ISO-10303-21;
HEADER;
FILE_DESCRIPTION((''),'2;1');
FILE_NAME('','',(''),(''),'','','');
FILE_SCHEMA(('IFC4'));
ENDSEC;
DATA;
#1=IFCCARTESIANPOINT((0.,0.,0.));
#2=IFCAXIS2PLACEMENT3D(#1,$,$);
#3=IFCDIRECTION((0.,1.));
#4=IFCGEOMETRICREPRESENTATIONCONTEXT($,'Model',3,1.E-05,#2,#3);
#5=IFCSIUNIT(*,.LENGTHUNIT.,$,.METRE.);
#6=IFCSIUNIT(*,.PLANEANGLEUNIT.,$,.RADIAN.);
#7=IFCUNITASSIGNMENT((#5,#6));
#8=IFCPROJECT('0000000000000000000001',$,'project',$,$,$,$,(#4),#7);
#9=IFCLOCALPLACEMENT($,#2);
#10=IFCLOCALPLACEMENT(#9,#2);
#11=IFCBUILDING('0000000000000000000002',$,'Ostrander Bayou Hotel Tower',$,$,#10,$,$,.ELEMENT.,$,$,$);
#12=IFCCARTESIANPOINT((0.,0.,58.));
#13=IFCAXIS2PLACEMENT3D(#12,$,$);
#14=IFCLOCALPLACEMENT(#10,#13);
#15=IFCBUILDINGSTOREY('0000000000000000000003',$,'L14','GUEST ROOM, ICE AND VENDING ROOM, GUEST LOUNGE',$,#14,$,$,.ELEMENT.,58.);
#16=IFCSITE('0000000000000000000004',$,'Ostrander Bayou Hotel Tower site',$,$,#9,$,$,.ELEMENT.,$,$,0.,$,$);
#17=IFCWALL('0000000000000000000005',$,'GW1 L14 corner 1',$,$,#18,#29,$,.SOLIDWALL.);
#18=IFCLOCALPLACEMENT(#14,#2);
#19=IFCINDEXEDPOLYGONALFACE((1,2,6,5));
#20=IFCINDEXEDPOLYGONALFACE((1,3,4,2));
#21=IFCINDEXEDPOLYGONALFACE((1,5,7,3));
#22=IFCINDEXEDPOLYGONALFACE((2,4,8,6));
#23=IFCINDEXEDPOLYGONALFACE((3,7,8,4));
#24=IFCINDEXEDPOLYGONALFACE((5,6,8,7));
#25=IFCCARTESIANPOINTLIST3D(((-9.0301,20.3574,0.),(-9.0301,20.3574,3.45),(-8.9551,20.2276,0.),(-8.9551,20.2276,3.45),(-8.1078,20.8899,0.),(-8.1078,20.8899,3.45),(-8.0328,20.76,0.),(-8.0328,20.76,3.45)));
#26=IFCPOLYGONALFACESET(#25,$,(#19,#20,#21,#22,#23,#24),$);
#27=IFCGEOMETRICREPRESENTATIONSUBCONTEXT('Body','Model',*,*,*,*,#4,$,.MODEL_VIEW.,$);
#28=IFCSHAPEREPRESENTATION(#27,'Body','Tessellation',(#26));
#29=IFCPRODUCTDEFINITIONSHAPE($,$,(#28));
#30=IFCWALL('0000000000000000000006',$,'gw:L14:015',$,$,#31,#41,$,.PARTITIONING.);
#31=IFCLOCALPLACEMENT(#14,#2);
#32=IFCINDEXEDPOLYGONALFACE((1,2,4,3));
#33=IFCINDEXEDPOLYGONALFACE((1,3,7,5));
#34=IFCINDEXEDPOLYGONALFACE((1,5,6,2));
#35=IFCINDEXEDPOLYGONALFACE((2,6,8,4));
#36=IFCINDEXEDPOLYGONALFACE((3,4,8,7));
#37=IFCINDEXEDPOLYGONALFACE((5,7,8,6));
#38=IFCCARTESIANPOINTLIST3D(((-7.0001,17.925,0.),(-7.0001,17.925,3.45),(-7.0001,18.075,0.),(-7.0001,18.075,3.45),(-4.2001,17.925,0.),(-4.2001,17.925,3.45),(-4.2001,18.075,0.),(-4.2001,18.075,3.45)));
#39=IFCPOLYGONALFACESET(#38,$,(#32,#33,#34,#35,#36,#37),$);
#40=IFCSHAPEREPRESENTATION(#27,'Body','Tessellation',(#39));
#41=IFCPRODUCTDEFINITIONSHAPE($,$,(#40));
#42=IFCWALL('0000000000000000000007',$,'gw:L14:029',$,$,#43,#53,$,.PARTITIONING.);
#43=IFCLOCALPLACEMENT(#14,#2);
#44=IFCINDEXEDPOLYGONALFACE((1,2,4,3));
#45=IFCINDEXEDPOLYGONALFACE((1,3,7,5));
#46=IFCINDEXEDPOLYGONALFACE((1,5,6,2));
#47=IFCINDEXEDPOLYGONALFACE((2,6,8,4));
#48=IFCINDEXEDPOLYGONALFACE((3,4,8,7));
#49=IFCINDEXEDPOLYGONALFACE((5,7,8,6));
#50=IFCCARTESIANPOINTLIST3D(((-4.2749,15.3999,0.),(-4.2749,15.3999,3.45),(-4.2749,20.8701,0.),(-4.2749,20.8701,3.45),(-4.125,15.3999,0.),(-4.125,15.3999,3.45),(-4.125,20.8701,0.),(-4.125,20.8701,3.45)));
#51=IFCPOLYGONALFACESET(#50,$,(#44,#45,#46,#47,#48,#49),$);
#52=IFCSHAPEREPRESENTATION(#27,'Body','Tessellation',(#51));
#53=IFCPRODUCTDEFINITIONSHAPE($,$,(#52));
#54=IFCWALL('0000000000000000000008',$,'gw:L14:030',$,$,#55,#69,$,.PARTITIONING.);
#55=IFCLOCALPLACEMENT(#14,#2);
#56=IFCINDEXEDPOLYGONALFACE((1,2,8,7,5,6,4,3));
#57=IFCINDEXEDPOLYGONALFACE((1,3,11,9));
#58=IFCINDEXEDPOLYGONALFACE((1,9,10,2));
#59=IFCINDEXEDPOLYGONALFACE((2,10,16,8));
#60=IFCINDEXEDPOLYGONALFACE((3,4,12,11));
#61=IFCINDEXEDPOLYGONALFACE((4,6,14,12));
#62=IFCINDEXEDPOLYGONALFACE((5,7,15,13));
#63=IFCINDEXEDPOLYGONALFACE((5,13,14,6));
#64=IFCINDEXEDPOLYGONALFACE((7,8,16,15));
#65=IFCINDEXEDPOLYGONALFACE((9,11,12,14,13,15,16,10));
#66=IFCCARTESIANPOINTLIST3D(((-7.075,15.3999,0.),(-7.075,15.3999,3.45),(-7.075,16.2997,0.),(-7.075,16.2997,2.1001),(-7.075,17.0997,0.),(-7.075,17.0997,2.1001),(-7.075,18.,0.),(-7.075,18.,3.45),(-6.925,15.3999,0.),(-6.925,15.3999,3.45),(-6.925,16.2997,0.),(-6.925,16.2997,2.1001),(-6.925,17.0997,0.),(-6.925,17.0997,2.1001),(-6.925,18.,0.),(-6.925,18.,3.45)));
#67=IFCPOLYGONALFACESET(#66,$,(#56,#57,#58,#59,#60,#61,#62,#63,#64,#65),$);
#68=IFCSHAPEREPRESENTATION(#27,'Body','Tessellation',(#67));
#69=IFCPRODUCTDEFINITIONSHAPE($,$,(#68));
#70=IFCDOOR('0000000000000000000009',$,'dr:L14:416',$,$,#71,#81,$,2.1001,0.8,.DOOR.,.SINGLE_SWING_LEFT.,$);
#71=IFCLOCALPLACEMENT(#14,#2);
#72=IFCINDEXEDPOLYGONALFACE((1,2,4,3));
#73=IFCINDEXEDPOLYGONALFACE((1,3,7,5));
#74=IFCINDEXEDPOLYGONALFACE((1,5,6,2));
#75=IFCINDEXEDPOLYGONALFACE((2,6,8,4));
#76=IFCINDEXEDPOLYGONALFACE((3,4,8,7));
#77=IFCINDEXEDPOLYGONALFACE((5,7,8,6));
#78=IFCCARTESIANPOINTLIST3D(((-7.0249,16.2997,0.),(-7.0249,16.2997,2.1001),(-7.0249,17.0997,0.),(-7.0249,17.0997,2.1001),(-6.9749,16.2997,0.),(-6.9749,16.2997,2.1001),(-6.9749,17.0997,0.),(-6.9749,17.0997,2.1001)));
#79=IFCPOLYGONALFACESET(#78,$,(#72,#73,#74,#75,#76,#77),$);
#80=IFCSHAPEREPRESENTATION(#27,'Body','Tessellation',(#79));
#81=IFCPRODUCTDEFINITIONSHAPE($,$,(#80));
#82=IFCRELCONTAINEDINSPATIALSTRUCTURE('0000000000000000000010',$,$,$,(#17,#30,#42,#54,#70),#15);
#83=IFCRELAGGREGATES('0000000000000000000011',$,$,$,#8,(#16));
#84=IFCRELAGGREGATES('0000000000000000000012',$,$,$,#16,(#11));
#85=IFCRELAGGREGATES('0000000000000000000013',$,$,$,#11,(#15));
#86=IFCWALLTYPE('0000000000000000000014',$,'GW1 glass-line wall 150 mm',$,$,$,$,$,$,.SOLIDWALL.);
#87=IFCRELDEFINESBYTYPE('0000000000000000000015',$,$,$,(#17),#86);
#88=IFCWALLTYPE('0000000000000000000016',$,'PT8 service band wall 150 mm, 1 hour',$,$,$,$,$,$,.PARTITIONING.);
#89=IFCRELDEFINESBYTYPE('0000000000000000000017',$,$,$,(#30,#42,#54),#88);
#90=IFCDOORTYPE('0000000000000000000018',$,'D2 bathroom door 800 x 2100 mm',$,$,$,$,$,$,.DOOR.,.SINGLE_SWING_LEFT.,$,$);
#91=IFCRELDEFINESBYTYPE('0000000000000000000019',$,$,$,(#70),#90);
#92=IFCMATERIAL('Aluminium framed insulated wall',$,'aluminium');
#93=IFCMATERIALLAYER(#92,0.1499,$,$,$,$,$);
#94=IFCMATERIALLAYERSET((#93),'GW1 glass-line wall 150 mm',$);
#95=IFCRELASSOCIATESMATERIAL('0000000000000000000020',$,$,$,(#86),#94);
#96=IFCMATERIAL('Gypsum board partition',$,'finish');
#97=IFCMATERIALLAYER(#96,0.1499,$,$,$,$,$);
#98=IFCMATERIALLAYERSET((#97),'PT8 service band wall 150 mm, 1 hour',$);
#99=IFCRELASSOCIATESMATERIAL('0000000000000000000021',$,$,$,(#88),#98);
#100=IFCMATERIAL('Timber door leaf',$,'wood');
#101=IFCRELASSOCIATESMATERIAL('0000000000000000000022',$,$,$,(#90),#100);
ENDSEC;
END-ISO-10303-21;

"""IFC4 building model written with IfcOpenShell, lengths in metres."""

from ifc_helpers import new_model, si_unit, direction, frame, frame_2d, origin, place, context, subcontext, project, spatial, rectangle, extrude, material, layer, layer_set, type_object, element, fill, save


model = new_model("IFC4")

# Units and contexts
model_context = context("Model", 3, precision=1e-05, world=origin(), true_north=direction((0.0, 1.0)))
body_context = subcontext(model_context, "Body", "Model", "MODEL_VIEW")
ifc_project = project(units=[si_unit("LENGTHUNIT", "METRE"), si_unit("PLANEANGLEUNIT", "RADIAN")], contexts=[model_context])

# Site, building, storey
site_placement = place(None, origin())
site = spatial("IfcSite", under=ifc_project, at=site_placement, Name="Ostrander Bayou Hotel Tower site", CompositionType="ELEMENT", RefElevation=0.0)
building_placement = place(site_placement, origin())
building = spatial("IfcBuilding", under=site, at=building_placement, Name="Ostrander Bayou Hotel Tower", CompositionType="ELEMENT")
storey_placement = place(building_placement, frame((0.0, 0.0, 58.0)))
storey = spatial("IfcBuildingStorey", under=building, at=storey_placement, Name="L14", Description="GUEST ROOM, ICE AND VENDING ROOM, GUEST LOUNGE", CompositionType="ELEMENT", Elevation=58.0)

# Shared definitions
ifc_material_1 = material(Name="Aluminium framed insulated wall", Category="aluminium")
ifc_layer_1 = layer(ifc_material_1, 0.1499)
ifc_layer_set_1 = layer_set([ifc_layer_1], Name="GW1 glass-line wall 150 mm")
wall_type_1 = type_object("IfcWallType", Name="GW1 glass-line wall 150 mm", PredefinedType="SOLIDWALL", material=ifc_layer_set_1)

# Wall
wall_1_placement = place(storey_placement, frame((-8.0703, 20.825, 0.0), z_axis=(0.0, 0.0, 1.0), x_axis=(-0.866048, -0.499961, 0.0)))
element("IfcWall", 1, at=wall_1_placement, inside=storey, type_object=wall_type_1, Name="GW1 L14 corner 1", PredefinedType="SOLIDWALL", context=body_context, shape_type="SweptSolid", body=[
    extrude(rectangle(XDim=1.0649, YDim=0.1499, at=frame_2d((0.5325, 0.0))), origin(), (0.0, 0.0, 1.0), 3.45),
])

# Walls
ifc_material_2 = material(Name="Gypsum board partition", Category="finish")
ifc_layer_2 = layer(ifc_material_2, 0.1499)
ifc_layer_set_2 = layer_set([ifc_layer_2], Name="PT8 service band wall 150 mm, 1 hour")
wall_type_2 = type_object("IfcWallType", Name="PT8 service band wall 150 mm, 1 hour", PredefinedType="PARTITIONING", material=ifc_layer_set_2)
wall_2_placement = place(storey_placement, frame((-7.0, 18.0, 0.0), z_axis=(0.0, 0.0, 1.0), x_axis=(1.0, 0.0, 0.0)))
element("IfcWall", 2, at=wall_2_placement, inside=storey, type_object=wall_type_2, Name="gw:L14:015", PredefinedType="PARTITIONING", context=body_context, shape_type="SweptSolid", body=[
    extrude(rectangle(XDim=2.8, YDim=0.1499, at=frame_2d((1.3999, 0.0))), origin(), (0.0, 0.0, 1.0), 3.45),
])
wall_3_placement = place(storey_placement, frame((-4.2, 15.3999, 0.0), z_axis=(0.0, 0.0, 1.0), x_axis=(0.0, 1.0, 0.0)))
element("IfcWall", 3, at=wall_3_placement, inside=storey, type_object=wall_type_2, Name="gw:L14:029", PredefinedType="PARTITIONING", context=body_context, shape_type="SweptSolid", body=[
    extrude(rectangle(XDim=5.4702, YDim=0.1499, at=frame_2d((2.7351, 0.0))), origin(), (0.0, 0.0, 1.0), 3.45),
])

# Wall, opening, door
wall_4_placement = place(storey_placement, frame((-7.0, 15.3999, 0.0), z_axis=(0.0, 0.0, 1.0), x_axis=(0.0, 1.0, 0.0)))
wall_4 = element("IfcWall", 4, at=wall_4_placement, inside=storey, type_object=wall_type_2, Name="gw:L14:030", PredefinedType="PARTITIONING", context=body_context, shape_type="SweptSolid", body=[
    extrude(rectangle(XDim=2.6001, YDim=0.1499, at=frame_2d((1.3, 0.0))), origin(), (0.0, 0.0, 1.0), 3.45),
])
opening_1_placement = place(wall_4_placement, frame((0.8999, 0.0, 0.0)))
opening_1 = element("IfcOpeningElement", 5, at=opening_1_placement, cuts=wall_4, PredefinedType="OPENING", context=body_context, shape_type="SweptSolid", body=[
    extrude(rectangle(XDim=0.8, YDim=2.1001, at=frame_2d((0.3999, 1.05))), frame((0.0, 0.075, 0.0), z_axis=(0.0, -1.0, 0.0), x_axis=(1.0, 0.0, 0.0)), (0.0, 0.0, 1.0), 0.1499),
])
ifc_material_3 = material(Name="Timber door leaf", Category="wood")
door_type = type_object("IfcDoorType", Name="D2 bathroom door 800 x 2100 mm", OperationType="SINGLE_SWING_LEFT", PredefinedType="DOOR", material=ifc_material_3)
door_placement = place(opening_1_placement, origin())
door = element("IfcDoor", 6, at=door_placement, inside=storey, type_object=door_type, Name="dr:L14:416", OperationType="SINGLE_SWING_LEFT", OverallHeight=2.1001, OverallWidth=0.8, PredefinedType="DOOR", context=body_context, shape_type="SweptSolid", body=[
    extrude(rectangle(XDim=0.8, YDim=2.1001, at=frame_2d((0.3999, 1.05))), frame((0.0, 0.0249, 0.0), z_axis=(0.0, -1.0, 0.0), x_axis=(1.0, 0.0, 0.0)), (0.0, 0.0, 1.0), 0.05),
])
fill(opening_1, door)

save(model, "model.ifc")
